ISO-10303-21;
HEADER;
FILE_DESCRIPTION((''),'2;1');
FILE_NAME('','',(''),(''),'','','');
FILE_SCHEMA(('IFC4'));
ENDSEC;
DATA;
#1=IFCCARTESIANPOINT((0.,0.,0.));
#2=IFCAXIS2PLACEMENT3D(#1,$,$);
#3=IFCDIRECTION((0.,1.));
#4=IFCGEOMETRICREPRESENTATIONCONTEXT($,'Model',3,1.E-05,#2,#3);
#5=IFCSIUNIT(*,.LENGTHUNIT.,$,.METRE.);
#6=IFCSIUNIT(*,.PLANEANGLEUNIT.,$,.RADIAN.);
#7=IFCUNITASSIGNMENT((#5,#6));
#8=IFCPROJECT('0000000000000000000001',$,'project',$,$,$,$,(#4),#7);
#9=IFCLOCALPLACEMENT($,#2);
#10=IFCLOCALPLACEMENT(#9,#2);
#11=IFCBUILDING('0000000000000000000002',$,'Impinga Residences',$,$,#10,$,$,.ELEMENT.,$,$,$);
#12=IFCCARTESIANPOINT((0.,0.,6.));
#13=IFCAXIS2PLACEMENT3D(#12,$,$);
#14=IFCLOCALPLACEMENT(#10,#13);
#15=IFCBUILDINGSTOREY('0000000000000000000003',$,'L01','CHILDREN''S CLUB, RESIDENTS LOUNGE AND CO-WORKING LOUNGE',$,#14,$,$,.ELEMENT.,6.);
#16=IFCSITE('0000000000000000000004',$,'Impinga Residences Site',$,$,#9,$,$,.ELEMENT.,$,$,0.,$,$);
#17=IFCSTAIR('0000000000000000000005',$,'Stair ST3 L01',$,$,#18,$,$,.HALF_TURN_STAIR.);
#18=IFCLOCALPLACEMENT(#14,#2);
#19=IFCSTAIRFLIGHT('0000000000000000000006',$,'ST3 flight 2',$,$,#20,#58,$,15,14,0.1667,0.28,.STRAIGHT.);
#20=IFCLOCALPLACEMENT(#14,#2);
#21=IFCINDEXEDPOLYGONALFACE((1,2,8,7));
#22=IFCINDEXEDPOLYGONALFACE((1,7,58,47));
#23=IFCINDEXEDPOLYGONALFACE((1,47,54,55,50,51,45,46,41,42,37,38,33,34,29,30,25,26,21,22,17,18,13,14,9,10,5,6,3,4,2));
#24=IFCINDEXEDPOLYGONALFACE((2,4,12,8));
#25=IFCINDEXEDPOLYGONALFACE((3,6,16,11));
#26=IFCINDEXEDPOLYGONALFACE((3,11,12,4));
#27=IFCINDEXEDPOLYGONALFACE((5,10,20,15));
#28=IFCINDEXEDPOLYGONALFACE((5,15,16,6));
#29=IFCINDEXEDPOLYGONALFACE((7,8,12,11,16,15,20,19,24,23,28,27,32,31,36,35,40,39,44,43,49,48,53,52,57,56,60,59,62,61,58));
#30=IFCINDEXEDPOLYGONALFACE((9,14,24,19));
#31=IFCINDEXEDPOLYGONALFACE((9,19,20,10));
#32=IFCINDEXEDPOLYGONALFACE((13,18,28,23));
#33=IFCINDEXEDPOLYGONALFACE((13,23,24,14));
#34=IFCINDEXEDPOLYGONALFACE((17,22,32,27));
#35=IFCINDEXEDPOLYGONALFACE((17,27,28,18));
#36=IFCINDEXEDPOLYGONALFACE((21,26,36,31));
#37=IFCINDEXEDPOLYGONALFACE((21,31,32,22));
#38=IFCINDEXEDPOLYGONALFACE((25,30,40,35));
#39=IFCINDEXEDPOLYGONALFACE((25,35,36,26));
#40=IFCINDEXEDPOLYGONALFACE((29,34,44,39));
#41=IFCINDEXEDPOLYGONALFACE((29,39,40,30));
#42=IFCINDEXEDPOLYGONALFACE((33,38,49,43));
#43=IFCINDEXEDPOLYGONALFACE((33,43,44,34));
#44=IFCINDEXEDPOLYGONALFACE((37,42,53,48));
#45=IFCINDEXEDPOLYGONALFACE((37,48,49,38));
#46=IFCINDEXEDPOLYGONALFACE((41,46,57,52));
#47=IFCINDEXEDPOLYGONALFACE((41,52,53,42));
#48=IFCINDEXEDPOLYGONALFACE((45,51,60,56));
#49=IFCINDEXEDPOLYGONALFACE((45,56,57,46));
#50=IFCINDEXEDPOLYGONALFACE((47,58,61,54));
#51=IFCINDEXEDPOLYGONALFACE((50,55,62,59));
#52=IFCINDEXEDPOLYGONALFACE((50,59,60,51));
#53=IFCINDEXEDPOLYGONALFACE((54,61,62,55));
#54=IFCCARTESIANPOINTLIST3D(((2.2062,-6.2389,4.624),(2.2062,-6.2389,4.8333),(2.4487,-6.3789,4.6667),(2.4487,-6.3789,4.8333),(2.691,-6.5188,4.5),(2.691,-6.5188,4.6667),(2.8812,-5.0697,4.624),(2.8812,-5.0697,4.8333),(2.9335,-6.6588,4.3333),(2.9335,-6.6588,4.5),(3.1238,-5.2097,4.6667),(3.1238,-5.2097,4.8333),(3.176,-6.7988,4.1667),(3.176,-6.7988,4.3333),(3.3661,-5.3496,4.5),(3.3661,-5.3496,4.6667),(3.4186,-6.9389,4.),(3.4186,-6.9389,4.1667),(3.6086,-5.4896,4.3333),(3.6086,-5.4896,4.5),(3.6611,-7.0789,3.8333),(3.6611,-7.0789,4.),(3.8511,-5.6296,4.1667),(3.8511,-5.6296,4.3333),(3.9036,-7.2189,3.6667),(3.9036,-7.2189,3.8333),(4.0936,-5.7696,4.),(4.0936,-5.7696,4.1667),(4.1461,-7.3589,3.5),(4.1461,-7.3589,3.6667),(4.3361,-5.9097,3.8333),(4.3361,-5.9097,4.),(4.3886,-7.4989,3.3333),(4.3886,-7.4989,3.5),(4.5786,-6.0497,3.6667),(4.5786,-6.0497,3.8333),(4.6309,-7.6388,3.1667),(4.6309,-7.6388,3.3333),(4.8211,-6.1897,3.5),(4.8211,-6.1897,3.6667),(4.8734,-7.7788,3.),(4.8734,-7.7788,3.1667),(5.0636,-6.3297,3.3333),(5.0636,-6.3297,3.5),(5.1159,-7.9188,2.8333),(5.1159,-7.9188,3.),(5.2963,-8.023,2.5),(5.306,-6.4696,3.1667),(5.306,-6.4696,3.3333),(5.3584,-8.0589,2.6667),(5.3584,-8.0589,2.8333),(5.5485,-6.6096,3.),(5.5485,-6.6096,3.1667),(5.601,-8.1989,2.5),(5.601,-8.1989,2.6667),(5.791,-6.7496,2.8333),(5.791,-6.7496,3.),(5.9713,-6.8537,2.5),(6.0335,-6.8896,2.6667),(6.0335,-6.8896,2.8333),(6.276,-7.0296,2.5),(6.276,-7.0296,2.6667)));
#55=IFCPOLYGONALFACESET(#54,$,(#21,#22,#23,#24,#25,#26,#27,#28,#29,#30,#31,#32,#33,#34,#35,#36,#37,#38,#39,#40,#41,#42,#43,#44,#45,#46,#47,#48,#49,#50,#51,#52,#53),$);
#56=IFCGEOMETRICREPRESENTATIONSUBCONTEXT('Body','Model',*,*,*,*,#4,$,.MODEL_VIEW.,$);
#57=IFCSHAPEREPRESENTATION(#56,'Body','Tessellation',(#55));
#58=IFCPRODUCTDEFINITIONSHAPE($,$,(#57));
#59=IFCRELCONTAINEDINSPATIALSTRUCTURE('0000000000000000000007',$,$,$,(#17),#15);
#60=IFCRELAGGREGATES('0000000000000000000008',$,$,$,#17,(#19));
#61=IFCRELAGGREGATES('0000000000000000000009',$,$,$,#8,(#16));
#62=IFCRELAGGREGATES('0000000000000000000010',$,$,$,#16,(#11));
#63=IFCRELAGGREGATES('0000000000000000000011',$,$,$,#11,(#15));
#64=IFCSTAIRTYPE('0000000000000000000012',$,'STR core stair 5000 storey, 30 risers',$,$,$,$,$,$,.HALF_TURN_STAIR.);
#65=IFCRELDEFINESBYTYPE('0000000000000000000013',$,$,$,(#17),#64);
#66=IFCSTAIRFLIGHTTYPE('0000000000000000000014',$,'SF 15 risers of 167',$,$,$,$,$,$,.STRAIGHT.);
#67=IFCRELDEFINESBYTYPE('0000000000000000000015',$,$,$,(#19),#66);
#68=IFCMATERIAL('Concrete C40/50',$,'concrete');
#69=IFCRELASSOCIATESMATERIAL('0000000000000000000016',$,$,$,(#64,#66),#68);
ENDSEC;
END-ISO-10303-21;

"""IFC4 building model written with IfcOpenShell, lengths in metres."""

from ifc_helpers import new_model, si_unit, direction, frame, origin, place, context, subcontext, project, spatial, polyline, outline, extrude, material, type_object, element, aggregate, save


model = new_model("IFC4")

# Units and contexts
model_context = context("Model", 3, precision=1e-05, world=origin(), true_north=direction((0.0, 1.0)))
body_context = subcontext(model_context, "Body", "Model", "MODEL_VIEW")
ifc_project = project(units=[si_unit("LENGTHUNIT", "METRE"), si_unit("PLANEANGLEUNIT", "RADIAN")], contexts=[model_context])

# Site, building, storey
site_placement = place(None, origin())
site = spatial("IfcSite", under=ifc_project, at=site_placement, Name="Impinga Residences Site", CompositionType="ELEMENT", RefElevation=0.0)
building_placement = place(site_placement, origin())
building = spatial("IfcBuilding", under=site, at=building_placement, Name="Impinga Residences", CompositionType="ELEMENT")
storey_placement = place(building_placement, frame((0.0, 0.0, 6.0)))
storey = spatial("IfcBuildingStorey", under=building, at=storey_placement, Name="L01", Description="CHILDREN'S CLUB, RESIDENTS LOUNGE AND CO-WORKING LOUNGE", CompositionType="ELEMENT", Elevation=6.0)

# Shared definitions
ifc_material_1 = material(Name="Concrete C40/50", Category="concrete")

# Stair, stair flight
stair_type_1 = type_object("IfcStairType", Name="STR core stair 5000 storey, 30 risers", PredefinedType="HALF_TURN_STAIR", material=ifc_material_1)
stair_1_placement = place(storey_placement, origin())
stair_1 = element("IfcStair", 1, at=stair_1_placement, inside=storey, type_object=stair_type_1, Name="Stair ST3 L01", PredefinedType="HALF_TURN_STAIR")
stair_flight_type = type_object("IfcStairFlightType", Name="SF 15 risers of 167", PredefinedType="STRAIGHT", material=ifc_material_1)
stair_flight_1_placement = place(storey_placement, frame((5.9385, -7.6143, 2.5), z_axis=(0.0, 0.0, 1.0), x_axis=(-0.866025, 0.5, 0.0)))
stair_flight_1 = element("IfcStairFlight", 2, at=stair_flight_1_placement, type_object=stair_flight_type, Name="ST3 flight 2", NumberOfRisers=15, NumberOfTreads=14, PredefinedType="STRAIGHT", RiserHeight=0.1667, TreadLength=0.28, context=body_context, shape_type="SweptSolid", body=[
    extrude(outline(polyline([(0.0, 0.0), (0.0, 0.1667), (0.28, 0.1667), (0.28, 0.3333), (0.5601, 0.3333), (0.5601, 0.5), (0.8401, 0.5), (0.8401, 0.6667), (1.1201, 0.6667), (1.1201, 0.8333), (1.3999, 0.8333), (1.3999, 1.0), (1.6799, 1.0), (1.6799, 1.1667), (1.96, 1.1667), (1.96, 1.3333), (2.24, 1.3333), (2.24, 1.5), (2.52, 1.5), (2.52, 1.6667), (2.8, 1.6667), (2.8, 1.8333), (3.0801, 1.8333), (3.0801, 2.0), (3.3601, 2.0), (3.3601, 2.1667), (3.6399, 2.1667), (3.6399, 2.3333), (3.9199, 2.3333), (3.9199, 2.5), (3.9199, 2.124), (0.3518, 0.0), (0.0, 0.0)])), frame((0.0, 0.675, 0.0), z_axis=(0.0, -1.0, 0.0), x_axis=(1.0, 0.0, 0.0)), (0.0, 0.0, 1.0), 1.3501),
])
aggregate(stair_1, [stair_flight_1])

save(model, "model.ifc")
